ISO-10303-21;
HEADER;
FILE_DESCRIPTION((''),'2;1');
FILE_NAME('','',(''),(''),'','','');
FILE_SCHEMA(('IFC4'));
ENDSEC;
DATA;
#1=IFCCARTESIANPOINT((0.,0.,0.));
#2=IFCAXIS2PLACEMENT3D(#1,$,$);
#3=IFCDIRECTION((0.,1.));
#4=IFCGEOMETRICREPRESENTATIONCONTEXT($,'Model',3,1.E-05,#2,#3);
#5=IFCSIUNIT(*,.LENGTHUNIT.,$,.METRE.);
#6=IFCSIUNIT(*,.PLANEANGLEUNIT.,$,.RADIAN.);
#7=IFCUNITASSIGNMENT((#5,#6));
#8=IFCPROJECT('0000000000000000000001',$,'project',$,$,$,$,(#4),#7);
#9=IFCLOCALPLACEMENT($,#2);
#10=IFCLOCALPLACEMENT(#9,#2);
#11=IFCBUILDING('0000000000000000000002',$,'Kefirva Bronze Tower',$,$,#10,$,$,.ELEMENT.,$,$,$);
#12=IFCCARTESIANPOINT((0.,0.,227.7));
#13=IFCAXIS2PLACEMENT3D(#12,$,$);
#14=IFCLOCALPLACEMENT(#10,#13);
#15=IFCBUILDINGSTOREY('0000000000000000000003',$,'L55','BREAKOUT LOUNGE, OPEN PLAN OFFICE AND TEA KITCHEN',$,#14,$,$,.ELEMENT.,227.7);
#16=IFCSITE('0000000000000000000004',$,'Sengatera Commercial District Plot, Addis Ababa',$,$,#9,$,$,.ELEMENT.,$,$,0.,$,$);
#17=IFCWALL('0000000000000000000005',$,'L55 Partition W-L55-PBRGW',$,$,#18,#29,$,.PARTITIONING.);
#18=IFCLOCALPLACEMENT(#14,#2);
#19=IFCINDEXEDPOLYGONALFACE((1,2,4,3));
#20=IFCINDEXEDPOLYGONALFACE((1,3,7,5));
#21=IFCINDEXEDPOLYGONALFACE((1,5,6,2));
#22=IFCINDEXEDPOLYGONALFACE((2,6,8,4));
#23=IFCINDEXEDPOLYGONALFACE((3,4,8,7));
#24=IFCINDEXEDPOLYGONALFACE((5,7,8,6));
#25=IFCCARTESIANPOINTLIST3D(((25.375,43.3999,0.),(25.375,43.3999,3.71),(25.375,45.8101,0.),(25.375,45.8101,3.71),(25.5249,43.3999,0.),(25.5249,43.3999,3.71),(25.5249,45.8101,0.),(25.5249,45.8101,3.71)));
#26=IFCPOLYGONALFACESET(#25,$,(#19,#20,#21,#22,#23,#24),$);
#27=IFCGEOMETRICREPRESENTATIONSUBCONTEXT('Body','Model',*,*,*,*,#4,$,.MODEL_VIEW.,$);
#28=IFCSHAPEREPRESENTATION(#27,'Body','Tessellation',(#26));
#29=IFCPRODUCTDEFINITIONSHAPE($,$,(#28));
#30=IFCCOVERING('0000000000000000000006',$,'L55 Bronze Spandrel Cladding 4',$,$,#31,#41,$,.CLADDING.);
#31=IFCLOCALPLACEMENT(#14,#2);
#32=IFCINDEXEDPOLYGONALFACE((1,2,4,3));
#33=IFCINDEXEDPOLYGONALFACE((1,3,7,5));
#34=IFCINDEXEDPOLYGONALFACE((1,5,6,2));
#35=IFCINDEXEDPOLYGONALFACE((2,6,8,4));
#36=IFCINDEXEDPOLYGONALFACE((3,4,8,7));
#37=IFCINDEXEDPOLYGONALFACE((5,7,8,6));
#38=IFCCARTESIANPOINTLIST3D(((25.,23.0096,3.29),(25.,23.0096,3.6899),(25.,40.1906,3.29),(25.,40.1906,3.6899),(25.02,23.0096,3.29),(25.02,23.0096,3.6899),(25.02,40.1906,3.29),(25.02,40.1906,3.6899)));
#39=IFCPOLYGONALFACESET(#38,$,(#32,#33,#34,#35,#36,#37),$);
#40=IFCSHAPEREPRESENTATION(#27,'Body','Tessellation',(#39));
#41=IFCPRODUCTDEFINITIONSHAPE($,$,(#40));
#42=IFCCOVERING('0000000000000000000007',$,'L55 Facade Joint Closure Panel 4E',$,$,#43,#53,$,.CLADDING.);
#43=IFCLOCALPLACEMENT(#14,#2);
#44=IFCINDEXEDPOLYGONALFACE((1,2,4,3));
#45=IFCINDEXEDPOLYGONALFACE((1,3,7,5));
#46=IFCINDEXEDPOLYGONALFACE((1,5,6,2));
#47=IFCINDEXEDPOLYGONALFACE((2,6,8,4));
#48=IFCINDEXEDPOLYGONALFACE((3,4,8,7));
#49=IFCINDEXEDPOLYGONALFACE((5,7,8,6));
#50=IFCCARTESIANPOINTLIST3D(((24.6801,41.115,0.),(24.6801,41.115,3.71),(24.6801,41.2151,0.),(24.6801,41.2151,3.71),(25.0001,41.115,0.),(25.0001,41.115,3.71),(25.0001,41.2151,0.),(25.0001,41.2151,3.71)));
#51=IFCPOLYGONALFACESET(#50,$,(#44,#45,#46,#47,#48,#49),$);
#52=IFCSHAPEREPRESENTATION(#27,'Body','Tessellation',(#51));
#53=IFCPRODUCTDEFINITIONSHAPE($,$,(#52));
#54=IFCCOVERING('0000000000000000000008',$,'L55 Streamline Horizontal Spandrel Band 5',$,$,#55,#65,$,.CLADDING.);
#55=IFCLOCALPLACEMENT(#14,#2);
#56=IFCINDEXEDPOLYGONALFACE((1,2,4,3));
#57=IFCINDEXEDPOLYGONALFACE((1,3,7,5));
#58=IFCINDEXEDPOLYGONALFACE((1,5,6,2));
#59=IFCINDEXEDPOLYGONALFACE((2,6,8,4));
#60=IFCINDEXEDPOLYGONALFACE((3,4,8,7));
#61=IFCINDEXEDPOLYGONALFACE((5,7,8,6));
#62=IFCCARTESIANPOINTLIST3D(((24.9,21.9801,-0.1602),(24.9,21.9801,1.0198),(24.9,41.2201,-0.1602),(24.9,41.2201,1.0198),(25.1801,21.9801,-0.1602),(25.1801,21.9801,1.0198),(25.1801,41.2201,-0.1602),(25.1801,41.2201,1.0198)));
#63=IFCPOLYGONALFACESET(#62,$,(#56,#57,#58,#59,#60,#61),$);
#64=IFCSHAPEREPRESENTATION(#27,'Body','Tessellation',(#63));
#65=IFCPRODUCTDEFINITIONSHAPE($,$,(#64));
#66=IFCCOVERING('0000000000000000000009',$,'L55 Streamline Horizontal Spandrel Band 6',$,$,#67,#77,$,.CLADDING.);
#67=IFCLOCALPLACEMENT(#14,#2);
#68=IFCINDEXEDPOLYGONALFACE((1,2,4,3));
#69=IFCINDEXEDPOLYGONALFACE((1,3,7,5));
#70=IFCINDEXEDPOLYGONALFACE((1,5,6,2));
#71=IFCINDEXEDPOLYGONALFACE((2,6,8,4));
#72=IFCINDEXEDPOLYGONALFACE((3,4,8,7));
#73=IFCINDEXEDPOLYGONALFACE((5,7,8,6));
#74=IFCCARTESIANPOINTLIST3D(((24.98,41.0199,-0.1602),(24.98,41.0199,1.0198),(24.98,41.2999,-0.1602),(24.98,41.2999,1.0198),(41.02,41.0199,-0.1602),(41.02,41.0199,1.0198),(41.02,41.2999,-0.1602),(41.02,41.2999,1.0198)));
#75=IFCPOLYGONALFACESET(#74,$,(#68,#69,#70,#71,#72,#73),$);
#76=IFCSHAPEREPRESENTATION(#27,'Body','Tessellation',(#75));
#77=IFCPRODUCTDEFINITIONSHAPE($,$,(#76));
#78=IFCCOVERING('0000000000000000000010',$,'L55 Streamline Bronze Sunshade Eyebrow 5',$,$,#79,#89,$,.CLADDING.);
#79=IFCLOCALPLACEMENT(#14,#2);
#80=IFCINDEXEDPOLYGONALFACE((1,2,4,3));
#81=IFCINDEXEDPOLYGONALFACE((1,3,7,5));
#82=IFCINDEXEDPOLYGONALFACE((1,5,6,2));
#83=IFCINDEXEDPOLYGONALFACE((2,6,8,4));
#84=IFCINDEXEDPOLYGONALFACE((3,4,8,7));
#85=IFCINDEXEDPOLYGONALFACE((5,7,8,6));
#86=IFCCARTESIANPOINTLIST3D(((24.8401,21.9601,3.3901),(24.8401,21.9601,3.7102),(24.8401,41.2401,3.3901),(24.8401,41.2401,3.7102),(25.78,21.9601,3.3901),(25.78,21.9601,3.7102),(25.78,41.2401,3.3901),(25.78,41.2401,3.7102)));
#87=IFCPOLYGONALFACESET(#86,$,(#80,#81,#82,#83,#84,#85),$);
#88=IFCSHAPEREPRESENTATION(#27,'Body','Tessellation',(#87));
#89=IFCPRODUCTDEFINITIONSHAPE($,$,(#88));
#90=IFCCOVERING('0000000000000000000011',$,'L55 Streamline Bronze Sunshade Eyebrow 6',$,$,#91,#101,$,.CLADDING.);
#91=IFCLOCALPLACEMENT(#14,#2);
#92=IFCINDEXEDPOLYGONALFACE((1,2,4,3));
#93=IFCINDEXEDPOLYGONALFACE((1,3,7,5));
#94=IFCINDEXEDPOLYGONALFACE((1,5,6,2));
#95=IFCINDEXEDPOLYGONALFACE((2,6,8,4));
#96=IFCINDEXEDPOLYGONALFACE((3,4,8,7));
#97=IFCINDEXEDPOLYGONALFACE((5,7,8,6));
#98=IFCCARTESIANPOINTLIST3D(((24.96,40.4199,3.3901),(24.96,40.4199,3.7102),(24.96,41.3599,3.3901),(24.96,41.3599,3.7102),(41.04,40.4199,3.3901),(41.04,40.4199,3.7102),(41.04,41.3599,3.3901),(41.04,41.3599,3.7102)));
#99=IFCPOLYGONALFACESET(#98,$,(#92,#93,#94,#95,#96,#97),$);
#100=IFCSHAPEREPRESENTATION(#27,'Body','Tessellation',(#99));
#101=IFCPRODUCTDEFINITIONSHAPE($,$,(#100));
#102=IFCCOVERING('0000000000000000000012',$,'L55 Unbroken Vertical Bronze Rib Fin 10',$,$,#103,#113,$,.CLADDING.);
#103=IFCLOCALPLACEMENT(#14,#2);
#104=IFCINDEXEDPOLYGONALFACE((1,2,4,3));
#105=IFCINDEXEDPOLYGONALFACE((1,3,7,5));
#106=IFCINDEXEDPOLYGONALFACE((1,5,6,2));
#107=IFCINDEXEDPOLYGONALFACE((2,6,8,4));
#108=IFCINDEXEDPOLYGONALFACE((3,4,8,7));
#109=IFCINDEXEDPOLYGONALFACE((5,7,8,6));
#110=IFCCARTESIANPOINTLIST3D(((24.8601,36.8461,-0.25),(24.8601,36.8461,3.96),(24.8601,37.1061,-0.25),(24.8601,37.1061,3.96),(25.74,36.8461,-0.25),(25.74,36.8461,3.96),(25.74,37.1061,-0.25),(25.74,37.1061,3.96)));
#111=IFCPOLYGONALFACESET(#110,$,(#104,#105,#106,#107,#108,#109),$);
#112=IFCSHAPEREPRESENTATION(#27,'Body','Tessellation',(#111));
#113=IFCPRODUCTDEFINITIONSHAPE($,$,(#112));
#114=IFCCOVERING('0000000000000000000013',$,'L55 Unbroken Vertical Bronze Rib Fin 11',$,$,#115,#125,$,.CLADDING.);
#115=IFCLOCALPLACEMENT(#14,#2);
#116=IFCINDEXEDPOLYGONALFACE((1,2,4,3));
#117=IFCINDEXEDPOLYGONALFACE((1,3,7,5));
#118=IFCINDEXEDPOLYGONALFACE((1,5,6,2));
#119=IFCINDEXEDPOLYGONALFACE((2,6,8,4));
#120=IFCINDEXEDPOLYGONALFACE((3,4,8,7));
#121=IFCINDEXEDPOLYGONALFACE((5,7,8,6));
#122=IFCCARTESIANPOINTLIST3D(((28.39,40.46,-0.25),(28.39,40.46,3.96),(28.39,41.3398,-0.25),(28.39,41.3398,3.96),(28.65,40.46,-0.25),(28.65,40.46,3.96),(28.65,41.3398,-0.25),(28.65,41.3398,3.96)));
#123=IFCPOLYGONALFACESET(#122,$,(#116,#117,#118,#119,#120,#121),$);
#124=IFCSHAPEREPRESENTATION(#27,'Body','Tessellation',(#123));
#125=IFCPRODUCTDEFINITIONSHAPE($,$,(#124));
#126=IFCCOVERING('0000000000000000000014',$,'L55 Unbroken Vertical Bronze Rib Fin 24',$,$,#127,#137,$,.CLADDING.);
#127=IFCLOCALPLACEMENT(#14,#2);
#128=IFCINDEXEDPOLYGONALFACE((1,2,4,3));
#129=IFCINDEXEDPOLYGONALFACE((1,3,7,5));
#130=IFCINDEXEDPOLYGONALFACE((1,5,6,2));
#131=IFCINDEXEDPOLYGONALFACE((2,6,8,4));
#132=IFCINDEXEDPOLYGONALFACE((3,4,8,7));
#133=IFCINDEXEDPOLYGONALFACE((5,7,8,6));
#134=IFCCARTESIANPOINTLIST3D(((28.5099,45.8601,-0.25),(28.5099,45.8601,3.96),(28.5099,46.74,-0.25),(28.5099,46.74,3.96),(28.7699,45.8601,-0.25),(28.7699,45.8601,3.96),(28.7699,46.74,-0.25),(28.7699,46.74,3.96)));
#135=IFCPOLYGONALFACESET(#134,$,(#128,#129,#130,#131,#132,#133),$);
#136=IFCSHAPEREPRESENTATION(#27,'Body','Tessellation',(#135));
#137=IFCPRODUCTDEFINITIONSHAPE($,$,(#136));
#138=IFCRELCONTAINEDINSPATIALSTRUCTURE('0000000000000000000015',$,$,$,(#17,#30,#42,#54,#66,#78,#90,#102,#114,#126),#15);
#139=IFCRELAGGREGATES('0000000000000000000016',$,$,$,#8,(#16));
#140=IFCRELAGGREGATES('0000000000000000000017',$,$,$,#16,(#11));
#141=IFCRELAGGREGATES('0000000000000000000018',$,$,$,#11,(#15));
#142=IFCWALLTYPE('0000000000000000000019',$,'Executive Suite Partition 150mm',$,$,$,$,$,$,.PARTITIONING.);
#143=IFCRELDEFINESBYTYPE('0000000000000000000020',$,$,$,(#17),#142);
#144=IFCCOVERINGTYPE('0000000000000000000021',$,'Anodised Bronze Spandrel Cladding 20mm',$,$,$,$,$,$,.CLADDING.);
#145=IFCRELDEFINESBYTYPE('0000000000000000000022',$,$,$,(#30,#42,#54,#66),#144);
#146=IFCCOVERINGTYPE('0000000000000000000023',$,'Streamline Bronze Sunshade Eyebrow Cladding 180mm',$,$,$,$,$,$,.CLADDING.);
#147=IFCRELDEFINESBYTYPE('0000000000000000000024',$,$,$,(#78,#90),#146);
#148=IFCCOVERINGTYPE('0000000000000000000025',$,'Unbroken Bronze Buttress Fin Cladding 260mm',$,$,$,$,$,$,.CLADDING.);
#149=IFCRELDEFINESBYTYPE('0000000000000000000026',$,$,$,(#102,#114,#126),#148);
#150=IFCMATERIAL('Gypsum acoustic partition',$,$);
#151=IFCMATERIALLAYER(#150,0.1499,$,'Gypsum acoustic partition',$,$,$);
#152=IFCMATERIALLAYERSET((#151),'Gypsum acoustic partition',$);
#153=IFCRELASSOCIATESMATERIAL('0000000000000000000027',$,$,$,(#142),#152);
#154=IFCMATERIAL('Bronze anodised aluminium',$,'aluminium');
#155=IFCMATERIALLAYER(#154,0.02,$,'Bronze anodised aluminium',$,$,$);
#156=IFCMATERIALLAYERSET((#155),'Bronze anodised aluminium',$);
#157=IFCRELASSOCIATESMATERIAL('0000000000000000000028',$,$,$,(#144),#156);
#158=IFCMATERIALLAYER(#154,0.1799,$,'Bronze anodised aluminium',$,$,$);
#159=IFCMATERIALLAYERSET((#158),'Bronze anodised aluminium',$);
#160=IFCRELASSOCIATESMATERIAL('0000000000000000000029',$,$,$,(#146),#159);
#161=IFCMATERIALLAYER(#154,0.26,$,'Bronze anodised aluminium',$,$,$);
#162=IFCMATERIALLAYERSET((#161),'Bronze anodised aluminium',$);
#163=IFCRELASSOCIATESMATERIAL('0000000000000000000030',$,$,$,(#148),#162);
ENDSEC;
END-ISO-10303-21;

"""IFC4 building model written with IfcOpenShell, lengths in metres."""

from ifc_helpers import new_model, si_unit, direction, frame, frame_2d, origin, origin_2d, place, context, subcontext, project, spatial, rectangle, extrude, material, layer, layer_set, type_object, element, save


model = new_model("IFC4")

# Units and contexts
model_context = context("Model", 3, precision=1e-05, world=origin(), true_north=direction((0.0, 1.0)))
body_context = subcontext(model_context, "Body", "Model", "MODEL_VIEW")
ifc_project = project(units=[si_unit("LENGTHUNIT", "METRE"), si_unit("PLANEANGLEUNIT", "RADIAN")], contexts=[model_context])

# Site, building, storey
site_placement = place(None, origin())
site = spatial("IfcSite", under=ifc_project, at=site_placement, Name="Sengatera Commercial District Plot, Addis Ababa", CompositionType="ELEMENT", RefElevation=0.0)
building_placement = place(site_placement, origin())
building = spatial("IfcBuilding", under=site, at=building_placement, Name="Kefirva Bronze Tower", CompositionType="ELEMENT")
storey_placement = place(building_placement, frame((0.0, 0.0, 227.7)))
storey = spatial("IfcBuildingStorey", under=building, at=storey_placement, Name="L55", Description="BREAKOUT LOUNGE, OPEN PLAN OFFICE AND TEA KITCHEN", CompositionType="ELEMENT", Elevation=227.7)

# Shared definitions
ifc_material_1 = material(Name="Bronze anodised aluminium", Category="aluminium")

# Shared definitions
ifc_material_2 = material(Name="Gypsum acoustic partition")
ifc_layer_1 = layer(ifc_material_2, 0.1499, Name="Gypsum acoustic partition")
ifc_layer_set_1 = layer_set([ifc_layer_1], Name="Gypsum acoustic partition")
wall_type = type_object("IfcWallType", Name="Executive Suite Partition 150mm", PredefinedType="PARTITIONING", material=ifc_layer_set_1)

# Wall
wall_1_placement = place(storey_placement, frame((25.45, 43.3999, 0.0), z_axis=(0.0, 0.0, 1.0), x_axis=(0.0, 1.0, 0.0)))
element("IfcWall", 1, at=wall_1_placement, inside=storey, type_object=wall_type, Name="L55 Partition W-L55-PBRGW", PredefinedType="PARTITIONING", context=body_context, shape_type="SweptSolid", body=[
    extrude(rectangle(XDim=2.4102, YDim=0.1499, at=frame_2d((1.2051, 0.0))), origin(), (0.0, 0.0, 1.0), 3.71),
])

# Coverings
ifc_layer_2 = layer(ifc_material_1, 0.02, Name="Bronze anodised aluminium")
ifc_layer_set_2 = layer_set([ifc_layer_2], Name="Bronze anodised aluminium")
covering_type_1 = type_object("IfcCoveringType", Name="Anodised Bronze Spandrel Cladding 20mm", PredefinedType="CLADDING", material=ifc_layer_set_2)
covering_1_placement = place(storey_placement, frame((25.01, 31.6001, 3.29), z_axis=(0.0, 0.0, 1.0), x_axis=(0.0, 1.0, 0.0)))
element("IfcCovering", 2, at=covering_1_placement, inside=storey, type_object=covering_type_1, Name="L55 Bronze Spandrel Cladding 4", PredefinedType="CLADDING", context=body_context, shape_type="SweptSolid", body=[
    extrude(rectangle(XDim=17.1809, YDim=0.02, at=origin_2d()), origin(), (0.0, 0.0, 1.0), 0.3999),
])
covering_2_placement = place(storey_placement, frame((24.8401, 41.165, 0.0), z_axis=(0.0, 0.0, 1.0), x_axis=(0.0, 1.0, 0.0)))
element("IfcCovering", 3, at=covering_2_placement, inside=storey, type_object=covering_type_1, Name="L55 Facade Joint Closure Panel 4E", PredefinedType="CLADDING", context=body_context, shape_type="SweptSolid", body=[
    extrude(rectangle(XDim=0.1001, YDim=0.3201, at=origin_2d()), origin(), (0.0, 0.0, 1.0), 3.71),
])
covering_3_placement = place(storey_placement, frame((25.04, 31.6001, -0.1602), z_axis=(0.0, 0.0, 1.0), x_axis=(0.0, 1.0, 0.0)))
element("IfcCovering", 4, at=covering_3_placement, inside=storey, type_object=covering_type_1, Name="L55 Streamline Horizontal Spandrel Band 5", PredefinedType="CLADDING", context=body_context, shape_type="SweptSolid", body=[
    extrude(rectangle(XDim=19.24, YDim=0.28, at=origin_2d()), origin(), (0.0, 0.0, 1.0), 1.1799),
])
covering_4_placement = place(storey_placement, frame((33.0, 41.1599, -0.1602), z_axis=(0.0, 0.0, 1.0), x_axis=(1.0, 0.0, 0.0)))
element("IfcCovering", 5, at=covering_4_placement, inside=storey, type_object=covering_type_1, Name="L55 Streamline Horizontal Spandrel Band 6", PredefinedType="CLADDING", context=body_context, shape_type="SweptSolid", body=[
    extrude(rectangle(XDim=16.04, YDim=0.28, at=origin_2d()), origin(), (0.0, 0.0, 1.0), 1.1799),
])
ifc_layer_3 = layer(ifc_material_1, 0.1799, Name="Bronze anodised aluminium")
ifc_layer_set_3 = layer_set([ifc_layer_3], Name="Bronze anodised aluminium")
covering_type_2 = type_object("IfcCoveringType", Name="Streamline Bronze Sunshade Eyebrow Cladding 180mm", PredefinedType="CLADDING", material=ifc_layer_set_3)
covering_5_placement = place(storey_placement, frame((25.3101, 31.6001, 3.3901), z_axis=(0.0, 0.0, 1.0), x_axis=(0.0, 1.0, 0.0)))
element("IfcCovering", 6, at=covering_5_placement, inside=storey, type_object=covering_type_2, Name="L55 Streamline Bronze Sunshade Eyebrow 5", PredefinedType="CLADDING", context=body_context, shape_type="SweptSolid", body=[
    extrude(rectangle(XDim=19.28, YDim=0.9399, at=origin_2d()), origin(), (0.0, 0.0, 1.0), 0.3201),
])
covering_6_placement = place(storey_placement, frame((33.0, 40.8899, 3.3901), z_axis=(0.0, 0.0, 1.0), x_axis=(1.0, 0.0, 0.0)))
element("IfcCovering", 7, at=covering_6_placement, inside=storey, type_object=covering_type_2, Name="L55 Streamline Bronze Sunshade Eyebrow 6", PredefinedType="CLADDING", context=body_context, shape_type="SweptSolid", body=[
    extrude(rectangle(XDim=16.0801, YDim=0.9399, at=origin_2d()), origin(), (0.0, 0.0, 1.0), 0.3201),
])
ifc_layer_4 = layer(ifc_material_1, 0.26, Name="Bronze anodised aluminium")
ifc_layer_set_4 = layer_set([ifc_layer_4], Name="Bronze anodised aluminium")
covering_type_3 = type_object("IfcCoveringType", Name="Unbroken Bronze Buttress Fin Cladding 260mm", PredefinedType="CLADDING", material=ifc_layer_set_4)
for number, where, z_axis, x_axis, name in (
    (8, (25.3, 36.9761, -0.25), (0.0, 0.0, 1.0), (0.0, 1.0, 0.0), "L55 Unbroken Vertical Bronze Rib Fin 10"),
    (9, (28.52, 40.8999, -0.25), (0.0, 0.0, 1.0), (1.0, 0.0, 0.0), "L55 Unbroken Vertical Bronze Rib Fin 11"),
    (10, (28.6399, 46.3, -0.25), (0.0, 0.0, 1.0), (-1.0, 0.0, 0.0), "L55 Unbroken Vertical Bronze Rib Fin 24"),
):
    element("IfcCovering", number, at=place(storey_placement, frame(where, z_axis=z_axis, x_axis=x_axis)), inside=storey, type_object=covering_type_3, Name=name, PredefinedType="CLADDING", context=body_context, shape_type="SweptSolid", body=[
        extrude(rectangle(XDim=0.26, YDim=0.8799, at=origin_2d()), origin(), (0.0, 0.0, 1.0), 4.21),
    ])

save(model, "model.ifc")
